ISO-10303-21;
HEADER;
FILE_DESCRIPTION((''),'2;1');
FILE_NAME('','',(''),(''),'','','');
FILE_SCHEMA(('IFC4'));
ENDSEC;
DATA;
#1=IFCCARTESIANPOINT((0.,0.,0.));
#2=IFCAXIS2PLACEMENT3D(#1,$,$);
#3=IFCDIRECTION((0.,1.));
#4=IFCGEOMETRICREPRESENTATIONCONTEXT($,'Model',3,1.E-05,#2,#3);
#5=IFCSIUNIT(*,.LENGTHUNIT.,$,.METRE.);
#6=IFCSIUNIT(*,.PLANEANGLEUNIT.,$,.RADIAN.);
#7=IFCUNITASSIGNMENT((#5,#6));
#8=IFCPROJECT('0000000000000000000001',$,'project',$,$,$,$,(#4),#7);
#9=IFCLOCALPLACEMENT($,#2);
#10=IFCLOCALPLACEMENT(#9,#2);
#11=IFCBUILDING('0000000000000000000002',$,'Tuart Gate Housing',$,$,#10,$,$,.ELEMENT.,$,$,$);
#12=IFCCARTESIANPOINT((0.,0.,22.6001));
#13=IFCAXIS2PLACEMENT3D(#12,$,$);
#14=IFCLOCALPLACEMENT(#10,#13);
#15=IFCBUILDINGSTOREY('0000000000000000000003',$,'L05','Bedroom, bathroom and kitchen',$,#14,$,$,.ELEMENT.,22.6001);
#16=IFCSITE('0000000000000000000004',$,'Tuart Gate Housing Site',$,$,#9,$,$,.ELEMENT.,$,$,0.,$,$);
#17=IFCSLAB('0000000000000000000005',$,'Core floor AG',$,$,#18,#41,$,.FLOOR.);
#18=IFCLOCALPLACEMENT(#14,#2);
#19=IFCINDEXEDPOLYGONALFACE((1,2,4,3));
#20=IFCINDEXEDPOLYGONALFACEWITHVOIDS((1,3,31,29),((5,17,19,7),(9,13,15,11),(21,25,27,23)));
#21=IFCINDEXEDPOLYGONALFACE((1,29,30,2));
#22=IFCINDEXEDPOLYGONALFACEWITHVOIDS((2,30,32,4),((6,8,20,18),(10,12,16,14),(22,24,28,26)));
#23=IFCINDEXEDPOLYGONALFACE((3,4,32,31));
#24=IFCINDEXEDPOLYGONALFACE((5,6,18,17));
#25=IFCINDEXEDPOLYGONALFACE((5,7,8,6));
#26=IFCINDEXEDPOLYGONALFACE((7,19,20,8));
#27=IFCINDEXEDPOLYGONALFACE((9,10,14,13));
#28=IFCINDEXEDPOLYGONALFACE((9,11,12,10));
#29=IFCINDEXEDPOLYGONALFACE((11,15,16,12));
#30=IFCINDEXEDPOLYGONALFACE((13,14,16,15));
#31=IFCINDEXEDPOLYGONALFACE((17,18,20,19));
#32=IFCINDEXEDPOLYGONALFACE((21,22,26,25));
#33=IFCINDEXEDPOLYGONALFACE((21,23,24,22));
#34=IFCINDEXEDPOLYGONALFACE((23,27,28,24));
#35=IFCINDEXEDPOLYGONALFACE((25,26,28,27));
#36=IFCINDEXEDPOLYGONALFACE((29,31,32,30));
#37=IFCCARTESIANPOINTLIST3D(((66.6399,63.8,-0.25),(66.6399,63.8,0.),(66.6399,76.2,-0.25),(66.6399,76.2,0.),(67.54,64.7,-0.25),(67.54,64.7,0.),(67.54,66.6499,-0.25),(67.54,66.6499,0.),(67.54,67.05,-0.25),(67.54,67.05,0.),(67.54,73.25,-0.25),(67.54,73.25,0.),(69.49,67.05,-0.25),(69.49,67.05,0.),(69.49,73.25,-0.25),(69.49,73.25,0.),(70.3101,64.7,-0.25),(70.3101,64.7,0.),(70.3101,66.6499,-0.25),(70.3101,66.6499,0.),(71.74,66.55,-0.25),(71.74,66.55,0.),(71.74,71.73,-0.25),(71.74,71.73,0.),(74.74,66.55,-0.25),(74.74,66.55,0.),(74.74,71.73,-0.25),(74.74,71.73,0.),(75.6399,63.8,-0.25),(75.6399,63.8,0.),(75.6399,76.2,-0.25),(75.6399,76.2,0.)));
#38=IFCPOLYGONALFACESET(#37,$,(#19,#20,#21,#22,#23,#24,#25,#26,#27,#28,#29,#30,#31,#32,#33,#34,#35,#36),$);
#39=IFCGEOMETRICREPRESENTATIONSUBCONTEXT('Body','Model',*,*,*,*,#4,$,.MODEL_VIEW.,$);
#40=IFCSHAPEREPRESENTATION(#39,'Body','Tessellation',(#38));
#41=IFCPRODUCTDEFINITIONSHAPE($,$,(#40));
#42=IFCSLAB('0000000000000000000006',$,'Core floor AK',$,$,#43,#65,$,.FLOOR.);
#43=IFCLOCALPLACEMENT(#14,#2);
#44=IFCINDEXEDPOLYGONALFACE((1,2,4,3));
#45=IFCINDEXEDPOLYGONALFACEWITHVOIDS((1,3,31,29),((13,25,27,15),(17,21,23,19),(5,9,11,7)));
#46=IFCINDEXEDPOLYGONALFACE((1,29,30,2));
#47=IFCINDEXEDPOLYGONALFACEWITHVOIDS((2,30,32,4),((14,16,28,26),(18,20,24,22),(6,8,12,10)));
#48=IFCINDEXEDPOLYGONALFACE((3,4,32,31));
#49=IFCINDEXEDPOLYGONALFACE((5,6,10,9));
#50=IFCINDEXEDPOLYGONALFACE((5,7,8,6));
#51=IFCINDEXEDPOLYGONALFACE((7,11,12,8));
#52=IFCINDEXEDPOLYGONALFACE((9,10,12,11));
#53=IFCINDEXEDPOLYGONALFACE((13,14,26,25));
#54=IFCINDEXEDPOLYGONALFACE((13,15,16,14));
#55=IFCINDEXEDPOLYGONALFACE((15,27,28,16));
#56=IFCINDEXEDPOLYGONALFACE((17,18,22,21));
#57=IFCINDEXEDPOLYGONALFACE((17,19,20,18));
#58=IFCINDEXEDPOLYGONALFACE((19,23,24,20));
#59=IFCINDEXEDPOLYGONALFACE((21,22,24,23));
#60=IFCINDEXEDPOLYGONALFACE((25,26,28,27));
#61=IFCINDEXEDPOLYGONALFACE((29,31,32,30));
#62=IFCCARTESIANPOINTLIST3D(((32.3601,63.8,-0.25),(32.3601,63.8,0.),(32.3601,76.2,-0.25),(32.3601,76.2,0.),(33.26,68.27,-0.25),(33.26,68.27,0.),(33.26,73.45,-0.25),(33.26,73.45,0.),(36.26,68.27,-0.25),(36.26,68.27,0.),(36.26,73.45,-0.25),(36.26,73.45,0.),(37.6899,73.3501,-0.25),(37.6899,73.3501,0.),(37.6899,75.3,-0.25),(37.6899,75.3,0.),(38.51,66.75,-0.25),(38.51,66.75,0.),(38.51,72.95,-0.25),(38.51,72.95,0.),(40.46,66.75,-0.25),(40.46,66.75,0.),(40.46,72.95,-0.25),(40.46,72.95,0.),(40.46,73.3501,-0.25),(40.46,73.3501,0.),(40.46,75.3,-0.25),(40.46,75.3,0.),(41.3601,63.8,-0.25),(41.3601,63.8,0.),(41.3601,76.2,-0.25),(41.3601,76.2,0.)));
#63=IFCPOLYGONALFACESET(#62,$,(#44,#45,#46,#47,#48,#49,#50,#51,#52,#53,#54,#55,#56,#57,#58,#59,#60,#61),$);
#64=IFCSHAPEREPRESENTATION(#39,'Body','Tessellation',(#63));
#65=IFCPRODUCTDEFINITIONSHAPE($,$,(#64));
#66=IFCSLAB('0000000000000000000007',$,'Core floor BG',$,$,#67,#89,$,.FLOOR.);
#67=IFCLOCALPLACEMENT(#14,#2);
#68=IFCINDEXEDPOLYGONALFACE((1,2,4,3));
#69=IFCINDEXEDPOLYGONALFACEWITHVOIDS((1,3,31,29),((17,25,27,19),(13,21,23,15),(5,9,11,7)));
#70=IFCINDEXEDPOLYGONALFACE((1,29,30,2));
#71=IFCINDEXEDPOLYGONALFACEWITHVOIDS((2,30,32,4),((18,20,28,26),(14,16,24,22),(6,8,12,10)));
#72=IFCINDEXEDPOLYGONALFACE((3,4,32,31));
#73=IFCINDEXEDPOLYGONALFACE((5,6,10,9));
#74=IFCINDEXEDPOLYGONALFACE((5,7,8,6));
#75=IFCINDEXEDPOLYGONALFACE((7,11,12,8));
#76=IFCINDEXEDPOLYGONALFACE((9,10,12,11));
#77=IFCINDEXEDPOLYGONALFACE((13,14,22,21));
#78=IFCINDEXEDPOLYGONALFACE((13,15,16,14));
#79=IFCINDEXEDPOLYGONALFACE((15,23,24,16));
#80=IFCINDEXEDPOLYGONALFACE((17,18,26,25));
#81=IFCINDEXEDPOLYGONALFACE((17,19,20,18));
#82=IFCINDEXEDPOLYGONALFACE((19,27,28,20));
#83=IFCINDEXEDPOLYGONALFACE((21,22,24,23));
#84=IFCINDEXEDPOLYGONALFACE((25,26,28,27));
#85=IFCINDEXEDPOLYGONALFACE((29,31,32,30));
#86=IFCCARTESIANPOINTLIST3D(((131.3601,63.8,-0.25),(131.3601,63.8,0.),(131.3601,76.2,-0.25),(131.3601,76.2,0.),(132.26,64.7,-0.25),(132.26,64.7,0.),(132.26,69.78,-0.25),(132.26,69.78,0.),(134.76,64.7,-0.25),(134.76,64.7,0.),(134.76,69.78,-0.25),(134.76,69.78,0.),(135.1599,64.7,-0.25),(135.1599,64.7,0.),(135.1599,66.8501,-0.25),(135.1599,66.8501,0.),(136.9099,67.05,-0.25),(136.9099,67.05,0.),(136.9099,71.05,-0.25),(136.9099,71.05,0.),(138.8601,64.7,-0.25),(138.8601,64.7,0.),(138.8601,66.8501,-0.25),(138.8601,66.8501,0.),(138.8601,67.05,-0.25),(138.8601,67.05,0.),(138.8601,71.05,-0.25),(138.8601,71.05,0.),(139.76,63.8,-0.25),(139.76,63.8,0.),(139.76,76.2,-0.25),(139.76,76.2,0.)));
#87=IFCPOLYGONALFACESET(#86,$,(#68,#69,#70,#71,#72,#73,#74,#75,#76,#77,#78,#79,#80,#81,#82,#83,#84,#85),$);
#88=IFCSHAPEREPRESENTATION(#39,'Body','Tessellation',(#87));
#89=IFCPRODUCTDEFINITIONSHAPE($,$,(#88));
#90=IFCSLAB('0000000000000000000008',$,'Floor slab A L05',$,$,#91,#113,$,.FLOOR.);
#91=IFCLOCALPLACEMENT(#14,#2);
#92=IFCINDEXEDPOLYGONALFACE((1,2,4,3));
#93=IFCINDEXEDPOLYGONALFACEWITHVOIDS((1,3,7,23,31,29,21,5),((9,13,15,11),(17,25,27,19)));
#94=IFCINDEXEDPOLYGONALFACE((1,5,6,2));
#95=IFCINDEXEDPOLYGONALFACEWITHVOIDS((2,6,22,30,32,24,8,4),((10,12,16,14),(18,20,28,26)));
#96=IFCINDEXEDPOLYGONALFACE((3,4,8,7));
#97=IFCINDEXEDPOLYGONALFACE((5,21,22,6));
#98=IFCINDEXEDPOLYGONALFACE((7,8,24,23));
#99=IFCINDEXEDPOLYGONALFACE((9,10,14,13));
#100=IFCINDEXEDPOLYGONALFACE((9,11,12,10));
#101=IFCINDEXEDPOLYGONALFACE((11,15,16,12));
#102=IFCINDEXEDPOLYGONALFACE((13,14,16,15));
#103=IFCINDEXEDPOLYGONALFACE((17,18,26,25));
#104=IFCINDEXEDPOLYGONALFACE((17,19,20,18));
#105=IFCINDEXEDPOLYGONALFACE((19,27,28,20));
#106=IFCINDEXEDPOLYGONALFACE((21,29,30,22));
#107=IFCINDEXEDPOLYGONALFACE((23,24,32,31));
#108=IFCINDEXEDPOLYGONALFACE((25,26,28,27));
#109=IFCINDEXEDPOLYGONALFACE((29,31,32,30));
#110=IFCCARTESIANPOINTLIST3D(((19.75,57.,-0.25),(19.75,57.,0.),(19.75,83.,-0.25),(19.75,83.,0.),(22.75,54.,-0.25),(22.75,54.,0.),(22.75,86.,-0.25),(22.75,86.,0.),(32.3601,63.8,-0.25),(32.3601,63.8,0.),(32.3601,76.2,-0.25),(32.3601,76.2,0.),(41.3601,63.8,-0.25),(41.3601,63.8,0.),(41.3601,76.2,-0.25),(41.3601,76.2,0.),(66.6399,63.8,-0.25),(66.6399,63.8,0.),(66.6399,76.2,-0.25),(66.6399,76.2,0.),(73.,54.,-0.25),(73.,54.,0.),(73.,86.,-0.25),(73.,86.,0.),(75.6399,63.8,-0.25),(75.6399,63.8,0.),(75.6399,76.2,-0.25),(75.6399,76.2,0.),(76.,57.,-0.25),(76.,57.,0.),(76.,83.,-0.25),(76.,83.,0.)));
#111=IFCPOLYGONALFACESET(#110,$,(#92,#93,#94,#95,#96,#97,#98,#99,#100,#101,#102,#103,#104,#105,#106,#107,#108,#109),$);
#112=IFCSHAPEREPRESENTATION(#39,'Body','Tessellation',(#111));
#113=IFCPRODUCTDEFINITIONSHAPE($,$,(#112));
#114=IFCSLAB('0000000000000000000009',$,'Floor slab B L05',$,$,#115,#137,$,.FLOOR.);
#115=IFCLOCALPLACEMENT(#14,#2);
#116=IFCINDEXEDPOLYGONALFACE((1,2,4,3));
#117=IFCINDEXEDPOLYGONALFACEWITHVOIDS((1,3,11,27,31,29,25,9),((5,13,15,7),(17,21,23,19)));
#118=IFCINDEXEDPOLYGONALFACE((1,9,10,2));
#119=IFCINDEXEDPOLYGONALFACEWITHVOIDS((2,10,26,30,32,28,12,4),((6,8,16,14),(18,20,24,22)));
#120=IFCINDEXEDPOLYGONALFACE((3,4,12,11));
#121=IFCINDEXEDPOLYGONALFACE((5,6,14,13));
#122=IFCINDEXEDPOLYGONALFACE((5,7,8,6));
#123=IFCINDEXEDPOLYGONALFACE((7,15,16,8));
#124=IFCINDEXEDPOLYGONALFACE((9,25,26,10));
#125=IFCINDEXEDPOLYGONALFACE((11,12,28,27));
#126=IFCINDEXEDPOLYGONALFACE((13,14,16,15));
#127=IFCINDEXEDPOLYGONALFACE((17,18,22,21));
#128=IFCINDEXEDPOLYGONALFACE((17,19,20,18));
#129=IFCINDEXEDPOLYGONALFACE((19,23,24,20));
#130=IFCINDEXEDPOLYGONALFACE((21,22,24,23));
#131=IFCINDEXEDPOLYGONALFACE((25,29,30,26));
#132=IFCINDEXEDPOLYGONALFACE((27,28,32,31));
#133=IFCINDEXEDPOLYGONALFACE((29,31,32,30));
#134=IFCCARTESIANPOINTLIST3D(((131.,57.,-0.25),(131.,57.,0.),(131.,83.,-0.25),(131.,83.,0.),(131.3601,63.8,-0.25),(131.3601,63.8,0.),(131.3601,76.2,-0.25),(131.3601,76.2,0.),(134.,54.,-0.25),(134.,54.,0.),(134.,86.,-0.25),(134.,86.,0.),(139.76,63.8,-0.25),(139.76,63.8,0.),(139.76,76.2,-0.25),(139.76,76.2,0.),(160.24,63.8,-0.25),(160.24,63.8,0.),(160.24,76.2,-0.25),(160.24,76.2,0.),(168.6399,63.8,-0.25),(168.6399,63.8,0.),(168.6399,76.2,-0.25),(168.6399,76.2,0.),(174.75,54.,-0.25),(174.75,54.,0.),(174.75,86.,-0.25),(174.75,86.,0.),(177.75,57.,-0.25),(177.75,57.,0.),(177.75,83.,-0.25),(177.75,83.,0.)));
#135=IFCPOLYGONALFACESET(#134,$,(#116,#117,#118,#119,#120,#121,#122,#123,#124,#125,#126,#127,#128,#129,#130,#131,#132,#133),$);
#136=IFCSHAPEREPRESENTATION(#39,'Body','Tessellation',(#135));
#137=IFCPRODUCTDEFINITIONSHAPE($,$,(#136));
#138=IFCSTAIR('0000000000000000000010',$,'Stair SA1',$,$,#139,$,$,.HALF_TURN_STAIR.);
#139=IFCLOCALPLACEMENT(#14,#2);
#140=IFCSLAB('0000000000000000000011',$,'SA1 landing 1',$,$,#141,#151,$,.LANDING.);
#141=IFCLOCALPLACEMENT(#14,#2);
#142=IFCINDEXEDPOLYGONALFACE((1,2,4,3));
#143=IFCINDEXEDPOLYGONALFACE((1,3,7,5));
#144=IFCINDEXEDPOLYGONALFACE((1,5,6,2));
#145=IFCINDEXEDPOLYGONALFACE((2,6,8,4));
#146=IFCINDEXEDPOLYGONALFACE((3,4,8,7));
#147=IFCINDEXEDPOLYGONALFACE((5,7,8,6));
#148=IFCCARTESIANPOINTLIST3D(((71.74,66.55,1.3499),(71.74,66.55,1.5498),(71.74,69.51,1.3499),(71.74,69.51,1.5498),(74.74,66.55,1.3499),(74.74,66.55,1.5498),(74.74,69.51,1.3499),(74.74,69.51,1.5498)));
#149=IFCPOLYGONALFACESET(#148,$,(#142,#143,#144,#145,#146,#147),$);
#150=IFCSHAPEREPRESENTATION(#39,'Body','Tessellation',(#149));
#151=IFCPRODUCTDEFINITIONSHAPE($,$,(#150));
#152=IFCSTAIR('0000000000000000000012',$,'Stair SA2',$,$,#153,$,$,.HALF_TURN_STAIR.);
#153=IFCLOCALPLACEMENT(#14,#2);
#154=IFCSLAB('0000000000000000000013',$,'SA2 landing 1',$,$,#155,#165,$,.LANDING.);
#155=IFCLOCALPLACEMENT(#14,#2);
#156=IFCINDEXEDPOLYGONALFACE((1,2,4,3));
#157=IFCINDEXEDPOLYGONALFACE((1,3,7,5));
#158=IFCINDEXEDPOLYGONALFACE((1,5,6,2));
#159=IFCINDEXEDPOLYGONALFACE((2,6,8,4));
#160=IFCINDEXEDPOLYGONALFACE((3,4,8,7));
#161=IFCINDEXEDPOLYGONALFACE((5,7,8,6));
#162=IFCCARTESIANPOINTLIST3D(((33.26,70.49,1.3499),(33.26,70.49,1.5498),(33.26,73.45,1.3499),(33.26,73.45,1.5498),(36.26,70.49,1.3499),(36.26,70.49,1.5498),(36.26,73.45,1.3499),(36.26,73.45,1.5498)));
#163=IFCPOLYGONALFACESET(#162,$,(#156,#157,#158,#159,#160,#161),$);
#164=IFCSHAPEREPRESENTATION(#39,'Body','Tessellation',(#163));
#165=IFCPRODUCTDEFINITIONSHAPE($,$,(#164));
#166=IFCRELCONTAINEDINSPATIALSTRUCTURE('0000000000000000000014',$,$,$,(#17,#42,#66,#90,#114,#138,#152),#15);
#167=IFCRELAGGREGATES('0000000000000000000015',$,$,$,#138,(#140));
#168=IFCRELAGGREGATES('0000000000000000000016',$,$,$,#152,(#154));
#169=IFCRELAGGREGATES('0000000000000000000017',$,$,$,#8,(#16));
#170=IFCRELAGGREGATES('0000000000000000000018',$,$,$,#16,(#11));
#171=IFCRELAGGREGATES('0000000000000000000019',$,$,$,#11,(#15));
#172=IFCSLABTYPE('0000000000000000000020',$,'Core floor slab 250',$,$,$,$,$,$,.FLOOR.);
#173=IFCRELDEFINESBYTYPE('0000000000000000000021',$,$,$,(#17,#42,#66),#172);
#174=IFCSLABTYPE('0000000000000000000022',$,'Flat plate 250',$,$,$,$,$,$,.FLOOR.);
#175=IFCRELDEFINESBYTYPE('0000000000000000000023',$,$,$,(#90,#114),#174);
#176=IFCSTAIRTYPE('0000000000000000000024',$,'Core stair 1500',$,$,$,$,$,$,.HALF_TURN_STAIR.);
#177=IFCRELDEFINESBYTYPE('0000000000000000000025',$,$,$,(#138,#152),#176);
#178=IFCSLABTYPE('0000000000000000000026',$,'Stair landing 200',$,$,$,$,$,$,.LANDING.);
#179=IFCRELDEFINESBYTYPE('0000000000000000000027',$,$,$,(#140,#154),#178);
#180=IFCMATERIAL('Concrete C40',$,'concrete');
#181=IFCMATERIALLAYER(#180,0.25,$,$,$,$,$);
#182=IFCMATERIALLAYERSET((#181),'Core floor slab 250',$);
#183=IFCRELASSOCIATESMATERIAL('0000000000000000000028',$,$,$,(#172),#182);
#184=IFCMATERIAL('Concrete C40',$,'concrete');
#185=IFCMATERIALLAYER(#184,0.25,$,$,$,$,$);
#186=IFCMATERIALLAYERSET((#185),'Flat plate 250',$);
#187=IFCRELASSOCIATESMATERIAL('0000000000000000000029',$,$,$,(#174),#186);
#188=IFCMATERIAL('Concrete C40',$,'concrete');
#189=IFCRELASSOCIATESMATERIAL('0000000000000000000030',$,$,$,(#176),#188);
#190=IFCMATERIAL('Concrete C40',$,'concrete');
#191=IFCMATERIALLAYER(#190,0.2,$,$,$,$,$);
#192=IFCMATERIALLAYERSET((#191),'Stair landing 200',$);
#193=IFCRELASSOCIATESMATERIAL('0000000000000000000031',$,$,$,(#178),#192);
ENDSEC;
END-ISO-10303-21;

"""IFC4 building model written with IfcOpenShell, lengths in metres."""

from ifc_helpers import new_model, si_unit, direction, frame, origin, place, context, subcontext, project, spatial, polyline, outline, extrude, material, layer, layer_set, type_object, element, aggregate, save


model = new_model("IFC4")

# Units and contexts
model_context = context("Model", 3, precision=1e-05, world=origin(), true_north=direction((0.0, 1.0)))
body_context = subcontext(model_context, "Body", "Model", "MODEL_VIEW")
ifc_project = project(units=[si_unit("LENGTHUNIT", "METRE"), si_unit("PLANEANGLEUNIT", "RADIAN")], contexts=[model_context])

# Site, building, storey
site_placement = place(None, origin())
site = spatial("IfcSite", under=ifc_project, at=site_placement, Name="Tuart Gate Housing Site", CompositionType="ELEMENT", RefElevation=0.0)
building_placement = place(site_placement, origin())
building = spatial("IfcBuilding", under=site, at=building_placement, Name="Tuart Gate Housing", CompositionType="ELEMENT")
storey_placement = place(building_placement, frame((0.0, 0.0, 22.6001)))
storey = spatial("IfcBuildingStorey", under=building, at=storey_placement, Name="L05", Description="Bedroom, bathroom and kitchen", CompositionType="ELEMENT", Elevation=22.6001)

# Slabs
ifc_material_1 = material(Name="Concrete C40", Category="concrete")
ifc_layer_1 = layer(ifc_material_1, 0.25)
ifc_layer_set_1 = layer_set([ifc_layer_1], Name="Core floor slab 250")
slab_type_1 = type_object("IfcSlabType", Name="Core floor slab 250", PredefinedType="FLOOR", material=ifc_layer_set_1)
slab_1_placement = place(storey_placement, frame((0.0, 0.0, -0.25)))
element("IfcSlab", 1, at=slab_1_placement, inside=storey, type_object=slab_type_1, Name="Core floor AG", PredefinedType="FLOOR", context=body_context, shape_type="SweptSolid", body=[
    extrude(outline(polyline([(66.6399, 63.8), (75.6399, 63.8), (75.6399, 76.2), (66.6399, 76.2), (66.6399, 63.8)]), holes=[polyline([(67.54, 64.7), (70.3101, 64.7), (70.3101, 66.6499), (67.54, 66.6499), (67.54, 64.7)]), polyline([(67.54, 67.05), (69.49, 67.05), (69.49, 73.25), (67.54, 73.25), (67.54, 67.05)]), polyline([(71.74, 66.55), (74.74, 66.55), (74.74, 71.73), (71.74, 71.73), (71.74, 66.55)])]), origin(), (0.0, 0.0, 1.0), 0.25),
])
slab_2_placement = place(storey_placement, frame((0.0, 0.0, -0.25)))
element("IfcSlab", 2, at=slab_2_placement, inside=storey, type_object=slab_type_1, Name="Core floor AK", PredefinedType="FLOOR", context=body_context, shape_type="SweptSolid", body=[
    extrude(outline(polyline([(32.3601, 63.8), (41.3601, 63.8), (41.3601, 76.2), (32.3601, 76.2), (32.3601, 63.8)]), holes=[polyline([(40.46, 75.3), (37.6899, 75.3), (37.6899, 73.3501), (40.46, 73.3501), (40.46, 75.3)]), polyline([(40.46, 72.95), (38.51, 72.95), (38.51, 66.75), (40.46, 66.75), (40.46, 72.95)]), polyline([(36.26, 73.45), (33.26, 73.45), (33.26, 68.27), (36.26, 68.27), (36.26, 73.45)])]), origin(), (0.0, 0.0, 1.0), 0.25),
])
slab_3_placement = place(storey_placement, frame((0.0, 0.0, -0.25)))
element("IfcSlab", 3, at=slab_3_placement, inside=storey, type_object=slab_type_1, Name="Core floor BG", PredefinedType="FLOOR", context=body_context, shape_type="SweptSolid", body=[
    extrude(outline(polyline([(131.3601, 63.8), (139.76, 63.8), (139.76, 76.2), (131.3601, 76.2), (131.3601, 63.8)]), holes=[polyline([(138.8601, 66.8501), (135.1599, 66.8501), (135.1599, 64.7), (138.8601, 64.7), (138.8601, 66.8501)]), polyline([(138.8601, 71.05), (136.9099, 71.05), (136.9099, 67.05), (138.8601, 67.05), (138.8601, 71.05)]), polyline([(134.76, 69.78), (132.26, 69.78), (132.26, 64.7), (134.76, 64.7), (134.76, 69.78)])]), origin(), (0.0, 0.0, 1.0), 0.25),
])
ifc_material_2 = material(Name="Concrete C40", Category="concrete")
ifc_layer_2 = layer(ifc_material_2, 0.25)
ifc_layer_set_2 = layer_set([ifc_layer_2], Name="Flat plate 250")
slab_type_2 = type_object("IfcSlabType", Name="Flat plate 250", PredefinedType="FLOOR", material=ifc_layer_set_2)
slab_4_placement = place(storey_placement, frame((0.0, 0.0, -0.25)))
element("IfcSlab", 4, at=slab_4_placement, inside=storey, type_object=slab_type_2, Name="Floor slab A L05", PredefinedType="FLOOR", context=body_context, shape_type="SweptSolid", body=[
    extrude(outline(polyline([(22.75, 86.0), (19.75, 83.0), (19.75, 57.0), (22.75, 54.0), (73.0, 54.0), (76.0, 57.0), (76.0, 83.0), (73.0, 86.0), (22.75, 86.0)]), holes=[polyline([(66.6399, 76.2), (75.6399, 76.2), (75.6399, 63.8), (66.6399, 63.8), (66.6399, 76.2)]), polyline([(41.3601, 76.2), (41.3601, 63.8), (32.3601, 63.8), (32.3601, 76.2), (41.3601, 76.2)])]), origin(), (0.0, 0.0, 1.0), 0.25),
])
slab_5_placement = place(storey_placement, frame((0.0, 0.0, -0.25)))
element("IfcSlab", 5, at=slab_5_placement, inside=storey, type_object=slab_type_2, Name="Floor slab B L05", PredefinedType="FLOOR", context=body_context, shape_type="SweptSolid", body=[
    extrude(outline(polyline([(134.0, 86.0), (131.0, 83.0), (131.0, 57.0), (134.0, 54.0), (174.75, 54.0), (177.75, 57.0), (177.75, 83.0), (174.75, 86.0), (134.0, 86.0)]), holes=[polyline([(131.3601, 76.2), (139.76, 76.2), (139.76, 63.8), (131.3601, 63.8), (131.3601, 76.2)]), polyline([(168.6399, 76.2), (168.6399, 63.8), (160.24, 63.8), (160.24, 76.2), (168.6399, 76.2)])]), origin(), (0.0, 0.0, 1.0), 0.25),
])

# Stairs, slabs
ifc_material_3 = material(Name="Concrete C40", Category="concrete")
stair_type = type_object("IfcStairType", Name="Core stair 1500", PredefinedType="HALF_TURN_STAIR", material=ifc_material_3)
stair_1_placement = place(storey_placement, origin())
stair_1 = element("IfcStair", 6, at=stair_1_placement, inside=storey, type_object=stair_type, Name="Stair SA1", PredefinedType="HALF_TURN_STAIR")
ifc_material_4 = material(Name="Concrete C40", Category="concrete")
ifc_layer_3 = layer(ifc_material_4, 0.2)
ifc_layer_set_3 = layer_set([ifc_layer_3], Name="Stair landing 200")
slab_type_3 = type_object("IfcSlabType", Name="Stair landing 200", PredefinedType="LANDING", material=ifc_layer_set_3)
slab_6_placement = place(storey_placement, frame((0.0, 0.0, 1.3499)))
slab_6 = element("IfcSlab", 7, at=slab_6_placement, type_object=slab_type_3, Name="SA1 landing 1", PredefinedType="LANDING", context=body_context, shape_type="SweptSolid", body=[
    extrude(outline(polyline([(71.74, 66.55), (74.74, 66.55), (74.74, 69.51), (71.74, 69.51), (71.74, 66.55)])), origin(), (0.0, 0.0, 1.0), 0.2),
])
aggregate(stair_1, [slab_6])
stair_2_placement = place(storey_placement, origin())
stair_2 = element("IfcStair", 8, at=stair_2_placement, inside=storey, type_object=stair_type, Name="Stair SA2", PredefinedType="HALF_TURN_STAIR")
slab_7_placement = place(storey_placement, frame((0.0, 0.0, 1.3499)))
slab_7 = element("IfcSlab", 9, at=slab_7_placement, type_object=slab_type_3, Name="SA2 landing 1", PredefinedType="LANDING", context=body_context, shape_type="SweptSolid", body=[
    extrude(outline(polyline([(36.26, 73.45), (33.26, 73.45), (33.26, 70.49), (36.26, 70.49), (36.26, 73.45)])), origin(), (0.0, 0.0, 1.0), 0.2),
])
aggregate(stair_2, [slab_7])

save(model, "model.ifc")
